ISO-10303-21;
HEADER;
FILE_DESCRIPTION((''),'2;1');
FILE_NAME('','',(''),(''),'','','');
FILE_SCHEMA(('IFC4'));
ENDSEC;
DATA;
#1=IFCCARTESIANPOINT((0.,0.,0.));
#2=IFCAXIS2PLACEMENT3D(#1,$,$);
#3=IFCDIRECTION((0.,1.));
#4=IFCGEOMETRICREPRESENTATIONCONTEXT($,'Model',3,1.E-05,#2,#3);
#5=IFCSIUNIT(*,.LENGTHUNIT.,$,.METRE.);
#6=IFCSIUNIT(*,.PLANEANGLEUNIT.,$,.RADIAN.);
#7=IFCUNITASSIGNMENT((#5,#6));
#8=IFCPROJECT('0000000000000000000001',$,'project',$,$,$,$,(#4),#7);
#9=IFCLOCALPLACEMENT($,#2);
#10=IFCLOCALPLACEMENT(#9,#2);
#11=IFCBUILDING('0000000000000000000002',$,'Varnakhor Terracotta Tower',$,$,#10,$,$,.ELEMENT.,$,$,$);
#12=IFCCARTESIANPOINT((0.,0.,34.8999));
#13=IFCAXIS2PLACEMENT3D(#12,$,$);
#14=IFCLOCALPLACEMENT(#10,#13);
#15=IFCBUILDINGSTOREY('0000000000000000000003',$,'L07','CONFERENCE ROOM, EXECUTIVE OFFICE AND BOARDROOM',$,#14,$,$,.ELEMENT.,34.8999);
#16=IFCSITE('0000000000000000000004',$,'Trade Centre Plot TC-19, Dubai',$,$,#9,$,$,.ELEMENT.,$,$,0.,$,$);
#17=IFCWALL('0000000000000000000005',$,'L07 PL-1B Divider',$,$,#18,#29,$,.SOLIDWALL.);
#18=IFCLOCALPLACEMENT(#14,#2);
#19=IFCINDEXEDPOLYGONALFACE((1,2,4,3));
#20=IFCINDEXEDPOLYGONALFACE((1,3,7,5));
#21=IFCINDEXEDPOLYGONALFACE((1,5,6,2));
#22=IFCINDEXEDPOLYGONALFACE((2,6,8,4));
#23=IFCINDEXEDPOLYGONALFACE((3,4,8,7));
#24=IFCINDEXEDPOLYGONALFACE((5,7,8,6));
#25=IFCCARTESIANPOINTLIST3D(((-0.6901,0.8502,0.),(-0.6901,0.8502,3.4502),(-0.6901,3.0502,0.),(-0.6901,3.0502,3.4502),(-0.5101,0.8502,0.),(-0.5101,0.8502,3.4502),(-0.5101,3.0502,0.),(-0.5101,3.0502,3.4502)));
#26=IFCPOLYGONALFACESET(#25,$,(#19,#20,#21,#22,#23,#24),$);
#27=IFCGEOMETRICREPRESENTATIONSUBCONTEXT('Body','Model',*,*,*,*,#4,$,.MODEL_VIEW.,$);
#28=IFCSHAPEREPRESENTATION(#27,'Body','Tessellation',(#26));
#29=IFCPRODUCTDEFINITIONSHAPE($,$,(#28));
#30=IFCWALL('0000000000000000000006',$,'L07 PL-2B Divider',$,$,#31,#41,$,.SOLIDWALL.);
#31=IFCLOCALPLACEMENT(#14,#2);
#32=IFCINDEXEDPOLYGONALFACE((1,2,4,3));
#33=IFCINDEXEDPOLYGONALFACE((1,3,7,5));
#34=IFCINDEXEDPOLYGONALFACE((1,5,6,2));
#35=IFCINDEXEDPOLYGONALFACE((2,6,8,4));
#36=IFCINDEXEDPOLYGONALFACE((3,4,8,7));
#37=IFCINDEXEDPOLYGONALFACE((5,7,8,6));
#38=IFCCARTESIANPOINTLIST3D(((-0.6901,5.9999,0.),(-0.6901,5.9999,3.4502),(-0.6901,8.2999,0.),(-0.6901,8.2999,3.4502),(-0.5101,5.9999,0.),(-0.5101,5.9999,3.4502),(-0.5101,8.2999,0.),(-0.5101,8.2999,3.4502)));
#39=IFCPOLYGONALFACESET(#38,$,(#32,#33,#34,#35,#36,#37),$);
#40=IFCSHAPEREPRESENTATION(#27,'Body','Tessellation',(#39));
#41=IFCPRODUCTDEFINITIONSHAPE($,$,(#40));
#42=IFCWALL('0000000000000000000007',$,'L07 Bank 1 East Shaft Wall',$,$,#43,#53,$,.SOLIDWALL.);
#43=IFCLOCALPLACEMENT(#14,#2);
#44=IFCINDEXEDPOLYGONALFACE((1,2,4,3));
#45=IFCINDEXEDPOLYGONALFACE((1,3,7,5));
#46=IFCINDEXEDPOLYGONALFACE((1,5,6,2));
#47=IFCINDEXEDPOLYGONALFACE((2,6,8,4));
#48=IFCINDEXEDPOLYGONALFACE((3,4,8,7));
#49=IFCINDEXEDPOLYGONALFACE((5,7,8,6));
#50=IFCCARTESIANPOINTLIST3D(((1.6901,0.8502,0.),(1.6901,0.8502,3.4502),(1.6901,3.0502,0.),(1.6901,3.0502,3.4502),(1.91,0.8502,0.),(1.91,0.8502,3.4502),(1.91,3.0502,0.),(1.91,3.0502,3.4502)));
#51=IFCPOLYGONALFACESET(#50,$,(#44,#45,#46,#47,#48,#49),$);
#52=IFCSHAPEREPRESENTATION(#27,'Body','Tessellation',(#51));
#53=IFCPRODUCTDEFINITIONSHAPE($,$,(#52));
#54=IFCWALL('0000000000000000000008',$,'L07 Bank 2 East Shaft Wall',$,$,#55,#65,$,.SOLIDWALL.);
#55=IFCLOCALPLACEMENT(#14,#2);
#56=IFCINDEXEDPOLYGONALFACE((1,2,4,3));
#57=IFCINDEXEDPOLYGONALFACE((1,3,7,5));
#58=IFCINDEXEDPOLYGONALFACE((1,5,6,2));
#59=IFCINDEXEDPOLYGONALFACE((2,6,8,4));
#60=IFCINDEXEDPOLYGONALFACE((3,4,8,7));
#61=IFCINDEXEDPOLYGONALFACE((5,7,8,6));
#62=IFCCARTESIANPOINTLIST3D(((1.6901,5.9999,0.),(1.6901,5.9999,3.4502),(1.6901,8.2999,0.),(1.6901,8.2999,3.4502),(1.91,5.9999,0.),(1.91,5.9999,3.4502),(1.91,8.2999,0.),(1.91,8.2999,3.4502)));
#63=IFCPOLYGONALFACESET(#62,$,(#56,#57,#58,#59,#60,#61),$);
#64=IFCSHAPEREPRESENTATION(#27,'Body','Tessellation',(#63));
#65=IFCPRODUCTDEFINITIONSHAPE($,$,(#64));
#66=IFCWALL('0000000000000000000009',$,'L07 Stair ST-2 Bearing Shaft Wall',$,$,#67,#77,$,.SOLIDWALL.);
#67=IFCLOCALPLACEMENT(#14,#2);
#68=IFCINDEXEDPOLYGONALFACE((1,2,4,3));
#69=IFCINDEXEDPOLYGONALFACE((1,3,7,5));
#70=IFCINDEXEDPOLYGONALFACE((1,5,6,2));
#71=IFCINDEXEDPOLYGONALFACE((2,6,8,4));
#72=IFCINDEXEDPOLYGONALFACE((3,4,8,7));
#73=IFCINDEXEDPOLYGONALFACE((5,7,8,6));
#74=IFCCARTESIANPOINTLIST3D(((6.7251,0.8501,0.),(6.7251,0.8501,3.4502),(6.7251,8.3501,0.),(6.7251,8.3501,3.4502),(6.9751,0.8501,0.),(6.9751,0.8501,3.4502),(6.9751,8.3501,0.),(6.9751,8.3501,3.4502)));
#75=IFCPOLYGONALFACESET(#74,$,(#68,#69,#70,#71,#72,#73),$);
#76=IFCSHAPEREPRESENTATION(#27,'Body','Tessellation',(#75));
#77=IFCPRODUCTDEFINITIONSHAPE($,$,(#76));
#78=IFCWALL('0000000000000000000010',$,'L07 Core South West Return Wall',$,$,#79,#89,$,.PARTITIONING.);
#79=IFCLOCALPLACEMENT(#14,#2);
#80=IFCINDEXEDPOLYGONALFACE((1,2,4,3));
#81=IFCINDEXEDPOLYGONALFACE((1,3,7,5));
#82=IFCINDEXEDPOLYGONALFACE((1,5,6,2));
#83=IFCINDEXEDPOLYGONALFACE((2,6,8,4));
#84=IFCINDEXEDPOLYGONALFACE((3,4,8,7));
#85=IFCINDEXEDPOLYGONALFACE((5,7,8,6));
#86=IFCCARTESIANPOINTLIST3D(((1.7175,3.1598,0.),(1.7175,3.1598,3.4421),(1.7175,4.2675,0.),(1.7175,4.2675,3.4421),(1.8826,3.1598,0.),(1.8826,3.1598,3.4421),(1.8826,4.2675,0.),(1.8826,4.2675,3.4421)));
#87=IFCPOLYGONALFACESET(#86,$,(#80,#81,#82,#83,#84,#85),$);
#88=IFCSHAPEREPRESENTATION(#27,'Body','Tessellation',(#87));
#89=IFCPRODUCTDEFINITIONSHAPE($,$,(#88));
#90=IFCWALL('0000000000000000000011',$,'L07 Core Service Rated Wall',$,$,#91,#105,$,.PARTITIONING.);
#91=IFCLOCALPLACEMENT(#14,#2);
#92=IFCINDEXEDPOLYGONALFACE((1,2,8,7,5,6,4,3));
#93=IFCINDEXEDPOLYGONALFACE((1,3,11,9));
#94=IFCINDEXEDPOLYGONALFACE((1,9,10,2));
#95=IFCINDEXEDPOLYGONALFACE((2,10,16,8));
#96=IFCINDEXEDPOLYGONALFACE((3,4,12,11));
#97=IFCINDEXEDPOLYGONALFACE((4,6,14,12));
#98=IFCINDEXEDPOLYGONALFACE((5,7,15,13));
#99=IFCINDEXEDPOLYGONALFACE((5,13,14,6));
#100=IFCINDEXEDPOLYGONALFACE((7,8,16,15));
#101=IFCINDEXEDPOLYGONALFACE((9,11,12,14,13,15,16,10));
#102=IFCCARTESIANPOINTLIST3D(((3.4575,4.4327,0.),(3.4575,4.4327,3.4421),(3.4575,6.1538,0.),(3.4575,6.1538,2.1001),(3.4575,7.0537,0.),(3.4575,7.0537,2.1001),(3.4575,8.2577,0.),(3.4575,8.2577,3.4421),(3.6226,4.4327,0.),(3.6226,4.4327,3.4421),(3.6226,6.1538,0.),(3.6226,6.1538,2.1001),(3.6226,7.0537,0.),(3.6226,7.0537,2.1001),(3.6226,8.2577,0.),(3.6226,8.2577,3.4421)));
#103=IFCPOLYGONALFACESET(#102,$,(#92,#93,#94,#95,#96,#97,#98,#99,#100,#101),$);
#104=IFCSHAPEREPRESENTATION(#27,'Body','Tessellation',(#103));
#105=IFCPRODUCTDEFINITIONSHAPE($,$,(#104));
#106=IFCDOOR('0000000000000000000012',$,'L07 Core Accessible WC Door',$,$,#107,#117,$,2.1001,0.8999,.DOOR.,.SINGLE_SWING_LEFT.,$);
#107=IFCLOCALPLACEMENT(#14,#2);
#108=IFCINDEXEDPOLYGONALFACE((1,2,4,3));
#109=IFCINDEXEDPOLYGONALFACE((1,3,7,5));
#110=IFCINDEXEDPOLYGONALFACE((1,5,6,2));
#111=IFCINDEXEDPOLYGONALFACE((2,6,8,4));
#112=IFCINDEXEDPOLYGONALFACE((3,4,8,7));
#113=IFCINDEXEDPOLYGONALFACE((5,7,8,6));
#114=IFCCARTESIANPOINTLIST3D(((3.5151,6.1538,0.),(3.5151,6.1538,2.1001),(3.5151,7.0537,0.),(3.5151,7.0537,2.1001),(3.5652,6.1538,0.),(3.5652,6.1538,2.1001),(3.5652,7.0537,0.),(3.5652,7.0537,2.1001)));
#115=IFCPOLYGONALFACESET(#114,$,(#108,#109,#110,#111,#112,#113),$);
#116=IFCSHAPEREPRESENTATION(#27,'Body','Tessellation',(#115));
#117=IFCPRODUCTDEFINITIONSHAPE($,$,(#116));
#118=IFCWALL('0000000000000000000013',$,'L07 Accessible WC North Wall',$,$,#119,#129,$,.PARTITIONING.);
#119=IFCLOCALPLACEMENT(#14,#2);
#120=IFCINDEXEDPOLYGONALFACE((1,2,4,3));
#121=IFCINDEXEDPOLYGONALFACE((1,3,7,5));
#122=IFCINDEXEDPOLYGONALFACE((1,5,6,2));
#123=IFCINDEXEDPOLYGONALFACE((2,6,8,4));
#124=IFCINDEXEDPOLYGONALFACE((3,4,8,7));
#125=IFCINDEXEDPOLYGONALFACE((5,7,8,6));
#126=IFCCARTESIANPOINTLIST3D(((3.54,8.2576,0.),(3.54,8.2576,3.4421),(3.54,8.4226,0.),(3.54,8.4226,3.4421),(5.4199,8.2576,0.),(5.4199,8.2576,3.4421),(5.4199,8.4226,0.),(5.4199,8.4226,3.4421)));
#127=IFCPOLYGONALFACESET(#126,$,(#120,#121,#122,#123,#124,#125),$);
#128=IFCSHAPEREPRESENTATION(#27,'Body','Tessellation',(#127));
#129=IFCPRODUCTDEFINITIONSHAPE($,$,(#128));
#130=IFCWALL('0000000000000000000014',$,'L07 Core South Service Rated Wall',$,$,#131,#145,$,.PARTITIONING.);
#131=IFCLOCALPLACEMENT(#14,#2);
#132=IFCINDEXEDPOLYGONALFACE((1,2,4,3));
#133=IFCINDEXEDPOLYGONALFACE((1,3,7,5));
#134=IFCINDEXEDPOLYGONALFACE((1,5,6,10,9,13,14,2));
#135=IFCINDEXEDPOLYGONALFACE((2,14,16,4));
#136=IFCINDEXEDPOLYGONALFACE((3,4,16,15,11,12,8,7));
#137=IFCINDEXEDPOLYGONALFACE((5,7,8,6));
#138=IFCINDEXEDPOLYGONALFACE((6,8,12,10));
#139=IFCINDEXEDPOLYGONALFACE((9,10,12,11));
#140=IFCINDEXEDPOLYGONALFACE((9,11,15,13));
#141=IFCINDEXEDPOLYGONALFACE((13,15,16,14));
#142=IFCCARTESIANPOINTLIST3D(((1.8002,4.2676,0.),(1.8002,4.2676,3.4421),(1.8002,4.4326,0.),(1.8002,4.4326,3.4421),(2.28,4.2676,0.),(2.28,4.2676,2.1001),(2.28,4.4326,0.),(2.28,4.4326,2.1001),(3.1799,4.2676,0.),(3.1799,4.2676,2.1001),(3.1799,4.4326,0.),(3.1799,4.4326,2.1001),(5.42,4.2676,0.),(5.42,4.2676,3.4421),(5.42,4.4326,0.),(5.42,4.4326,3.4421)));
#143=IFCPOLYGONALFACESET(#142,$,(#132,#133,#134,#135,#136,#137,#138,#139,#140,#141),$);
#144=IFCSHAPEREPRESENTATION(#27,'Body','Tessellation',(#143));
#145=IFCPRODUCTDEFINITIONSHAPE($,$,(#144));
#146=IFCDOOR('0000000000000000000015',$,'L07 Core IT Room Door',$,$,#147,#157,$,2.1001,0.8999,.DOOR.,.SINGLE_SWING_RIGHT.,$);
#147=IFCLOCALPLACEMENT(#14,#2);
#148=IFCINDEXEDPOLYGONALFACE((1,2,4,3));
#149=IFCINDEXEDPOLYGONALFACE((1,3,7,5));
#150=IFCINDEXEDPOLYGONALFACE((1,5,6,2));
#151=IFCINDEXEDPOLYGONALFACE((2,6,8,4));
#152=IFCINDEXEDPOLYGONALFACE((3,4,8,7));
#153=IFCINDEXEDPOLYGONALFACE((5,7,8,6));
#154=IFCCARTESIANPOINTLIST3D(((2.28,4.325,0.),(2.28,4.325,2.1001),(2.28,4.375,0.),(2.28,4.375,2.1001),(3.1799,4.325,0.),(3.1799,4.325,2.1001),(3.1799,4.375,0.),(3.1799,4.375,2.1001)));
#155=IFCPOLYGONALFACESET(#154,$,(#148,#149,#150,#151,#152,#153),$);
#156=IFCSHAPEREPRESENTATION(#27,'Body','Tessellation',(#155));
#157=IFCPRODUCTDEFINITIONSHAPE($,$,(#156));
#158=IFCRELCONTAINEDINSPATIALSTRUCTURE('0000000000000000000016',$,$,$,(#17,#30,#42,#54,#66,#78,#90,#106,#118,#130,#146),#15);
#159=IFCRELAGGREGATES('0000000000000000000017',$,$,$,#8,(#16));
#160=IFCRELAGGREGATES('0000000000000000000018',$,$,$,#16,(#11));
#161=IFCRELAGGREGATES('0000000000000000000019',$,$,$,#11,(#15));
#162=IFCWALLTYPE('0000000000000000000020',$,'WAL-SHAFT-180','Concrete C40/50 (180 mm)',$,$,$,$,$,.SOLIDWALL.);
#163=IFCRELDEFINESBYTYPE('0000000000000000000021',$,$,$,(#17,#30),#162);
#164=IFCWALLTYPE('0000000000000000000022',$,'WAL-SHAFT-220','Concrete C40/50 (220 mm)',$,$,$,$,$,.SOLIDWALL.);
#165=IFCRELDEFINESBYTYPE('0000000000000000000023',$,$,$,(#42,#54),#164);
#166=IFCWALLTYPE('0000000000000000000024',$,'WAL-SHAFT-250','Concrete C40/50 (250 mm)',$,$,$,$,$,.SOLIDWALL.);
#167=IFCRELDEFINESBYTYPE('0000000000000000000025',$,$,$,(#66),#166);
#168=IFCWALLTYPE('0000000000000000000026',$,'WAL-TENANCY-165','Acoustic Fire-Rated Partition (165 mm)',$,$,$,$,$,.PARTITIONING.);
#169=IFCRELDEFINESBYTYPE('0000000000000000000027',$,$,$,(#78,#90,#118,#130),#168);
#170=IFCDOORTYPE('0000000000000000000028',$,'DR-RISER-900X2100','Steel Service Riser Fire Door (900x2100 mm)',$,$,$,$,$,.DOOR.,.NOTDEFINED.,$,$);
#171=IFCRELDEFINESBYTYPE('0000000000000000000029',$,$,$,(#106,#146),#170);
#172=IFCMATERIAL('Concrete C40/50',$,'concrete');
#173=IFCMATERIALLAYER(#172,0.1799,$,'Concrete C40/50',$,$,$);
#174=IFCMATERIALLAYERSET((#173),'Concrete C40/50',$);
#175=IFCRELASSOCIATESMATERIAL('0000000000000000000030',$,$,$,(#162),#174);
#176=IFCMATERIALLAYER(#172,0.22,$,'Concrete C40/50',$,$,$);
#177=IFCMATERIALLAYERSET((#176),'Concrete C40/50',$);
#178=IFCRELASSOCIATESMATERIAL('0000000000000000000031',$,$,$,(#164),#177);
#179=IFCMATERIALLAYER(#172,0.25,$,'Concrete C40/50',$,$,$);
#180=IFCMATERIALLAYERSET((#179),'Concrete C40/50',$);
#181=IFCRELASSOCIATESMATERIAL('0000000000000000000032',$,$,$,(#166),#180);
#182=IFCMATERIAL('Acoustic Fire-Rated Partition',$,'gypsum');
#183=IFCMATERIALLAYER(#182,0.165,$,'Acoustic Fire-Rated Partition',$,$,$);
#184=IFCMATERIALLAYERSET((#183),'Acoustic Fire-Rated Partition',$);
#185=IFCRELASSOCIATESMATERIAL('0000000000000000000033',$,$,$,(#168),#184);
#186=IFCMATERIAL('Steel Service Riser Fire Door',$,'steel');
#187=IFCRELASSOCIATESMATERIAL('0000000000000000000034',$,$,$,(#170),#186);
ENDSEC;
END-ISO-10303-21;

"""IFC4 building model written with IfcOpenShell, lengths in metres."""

from ifc_helpers import new_model, si_unit, direction, frame, frame_2d, origin, place, context, subcontext, project, spatial, rectangle, extrude, source, transform, mapped, material, layer, layer_set, type_object, type_shapes, element, fill, save


model = new_model("IFC4")

# Units and contexts
model_context = context("Model", 3, precision=1e-05, world=origin(), true_north=direction((0.0, 1.0)))
body_context = subcontext(model_context, "Body", "Model", "MODEL_VIEW")
ifc_project = project(units=[si_unit("LENGTHUNIT", "METRE"), si_unit("PLANEANGLEUNIT", "RADIAN")], contexts=[model_context])

# Site, building, storey
site_placement = place(None, origin())
site = spatial("IfcSite", under=ifc_project, at=site_placement, Name="Trade Centre Plot TC-19, Dubai", CompositionType="ELEMENT", RefElevation=0.0)
building_placement = place(site_placement, origin())
building = spatial("IfcBuilding", under=site, at=building_placement, Name="Varnakhor Terracotta Tower", CompositionType="ELEMENT")
storey_placement = place(building_placement, frame((0.0, 0.0, 34.8999)))
storey = spatial("IfcBuildingStorey", under=building, at=storey_placement, Name="L07", Description="CONFERENCE ROOM, EXECUTIVE OFFICE AND BOARDROOM", CompositionType="ELEMENT", Elevation=34.8999)

# Shared definitions
ifc_material_1 = material(Name="Concrete C40/50", Category="concrete")

# Walls
ifc_layer_1 = layer(ifc_material_1, 0.1799, Name="Concrete C40/50")
ifc_layer_set_1 = layer_set([ifc_layer_1], Name="Concrete C40/50")
wall_type_1 = type_object("IfcWallType", Name="WAL-SHAFT-180", Description="Concrete C40/50 (180 mm)", PredefinedType="SOLIDWALL", material=ifc_layer_set_1)
wall_1_placement = place(storey_placement, frame((-0.6001, 0.8501, 0.0), z_axis=(0.0, 0.0, 1.0), x_axis=(0.0, 1.0, 0.0)))
element("IfcWall", 1, at=wall_1_placement, inside=storey, type_object=wall_type_1, Name="L07 PL-1B Divider", PredefinedType="SOLIDWALL", context=body_context, shape_type="SweptSolid", body=[
    extrude(rectangle(XDim=2.2, YDim=0.1799, at=frame_2d((1.1001, 0.0))), origin(), (0.0, 0.0, 1.0), 3.4502),
])
wall_2_placement = place(storey_placement, frame((-0.6001, 6.0, 0.0), z_axis=(0.0, 0.0, 1.0), x_axis=(0.0, 1.0, 0.0)))
element("IfcWall", 2, at=wall_2_placement, inside=storey, type_object=wall_type_1, Name="L07 PL-2B Divider", PredefinedType="SOLIDWALL", context=body_context, shape_type="SweptSolid", body=[
    extrude(rectangle(XDim=2.3, YDim=0.1799, at=frame_2d((1.1499, 0.0))), origin(), (0.0, 0.0, 1.0), 3.4502),
])
ifc_layer_2 = layer(ifc_material_1, 0.22, Name="Concrete C40/50")
ifc_layer_set_2 = layer_set([ifc_layer_2], Name="Concrete C40/50")
wall_type_2 = type_object("IfcWallType", Name="WAL-SHAFT-220", Description="Concrete C40/50 (220 mm)", PredefinedType="SOLIDWALL", material=ifc_layer_set_2)
wall_3_placement = place(storey_placement, frame((1.8, 0.8501, 0.0), z_axis=(0.0, 0.0, 1.0), x_axis=(0.0, 1.0, 0.0)))
element("IfcWall", 3, at=wall_3_placement, inside=storey, type_object=wall_type_2, Name="L07 Bank 1 East Shaft Wall", PredefinedType="SOLIDWALL", context=body_context, shape_type="SweptSolid", body=[
    extrude(rectangle(XDim=2.2, YDim=0.22, at=frame_2d((1.1001, 0.0))), origin(), (0.0, 0.0, 1.0), 3.4502),
])
wall_4_placement = place(storey_placement, frame((1.8, 6.0, 0.0), z_axis=(0.0, 0.0, 1.0), x_axis=(0.0, 1.0, 0.0)))
element("IfcWall", 4, at=wall_4_placement, inside=storey, type_object=wall_type_2, Name="L07 Bank 2 East Shaft Wall", PredefinedType="SOLIDWALL", context=body_context, shape_type="SweptSolid", body=[
    extrude(rectangle(XDim=2.3, YDim=0.22, at=frame_2d((1.1499, 0.0))), origin(), (0.0, 0.0, 1.0), 3.4502),
])
ifc_layer_3 = layer(ifc_material_1, 0.25, Name="Concrete C40/50")
ifc_layer_set_3 = layer_set([ifc_layer_3], Name="Concrete C40/50")
wall_type_3 = type_object("IfcWallType", Name="WAL-SHAFT-250", Description="Concrete C40/50 (250 mm)", PredefinedType="SOLIDWALL", material=ifc_layer_set_3)
wall_5_placement = place(storey_placement, frame((6.8501, 0.8501, 0.0), z_axis=(0.0, 0.0, 1.0), x_axis=(0.0, 1.0, 0.0)))
element("IfcWall", 5, at=wall_5_placement, inside=storey, type_object=wall_type_3, Name="L07 Stair ST-2 Bearing Shaft Wall", PredefinedType="SOLIDWALL", context=body_context, shape_type="SweptSolid", body=[
    extrude(rectangle(XDim=7.5, YDim=0.25, at=frame_2d((3.75, 0.0))), origin(), (0.0, 0.0, 1.0), 3.4502),
])
ifc_material_2 = material(Name="Acoustic Fire-Rated Partition", Category="gypsum")
ifc_layer_4 = layer(ifc_material_2, 0.165, Name="Acoustic Fire-Rated Partition")
ifc_layer_set_4 = layer_set([ifc_layer_4], Name="Acoustic Fire-Rated Partition")
wall_type_4 = type_object("IfcWallType", Name="WAL-TENANCY-165", Description="Acoustic Fire-Rated Partition (165 mm)", PredefinedType="PARTITIONING", material=ifc_layer_set_4)
wall_6_placement = place(storey_placement, frame((1.8, 3.1599, 0.0), z_axis=(0.0, 0.0, 1.0), x_axis=(0.0, 1.0, 0.0)))
element("IfcWall", 6, at=wall_6_placement, inside=storey, type_object=wall_type_4, Name="L07 Core South West Return Wall", PredefinedType="PARTITIONING", context=body_context, shape_type="SweptSolid", body=[
    extrude(rectangle(XDim=1.1077, YDim=0.165, at=frame_2d((0.5537, 0.0))), origin(), (0.0, 0.0, 1.0), 3.4421),
])

# Wall, opening, door
wall_7_placement = place(storey_placement, frame((3.54, 4.4326, 0.0), z_axis=(0.0, 0.0, 1.0), x_axis=(0.0, 1.0, 0.0)))
wall_7 = element("IfcWall", 7, at=wall_7_placement, inside=storey, type_object=wall_type_4, Name="L07 Core Service Rated Wall", PredefinedType="PARTITIONING", context=body_context, shape_type="SweptSolid", body=[
    extrude(rectangle(XDim=3.825, YDim=0.165, at=frame_2d((1.9126, 0.0))), origin(), (0.0, 0.0, 1.0), 3.4421),
])
opening_1_placement = place(wall_7_placement, frame((1.7212, 0.0, 0.0)))
opening_1 = element("IfcOpeningElement", 8, at=opening_1_placement, cuts=wall_7, PredefinedType="OPENING", context=body_context, shape_type="SweptSolid", body=[
    extrude(rectangle(XDim=0.8999, YDim=2.1001, at=frame_2d((0.45, 1.05))), frame((0.0, 0.0925, 0.0), z_axis=(0.0, -1.0, 0.0), x_axis=(1.0, 0.0, 0.0)), (0.0, 0.0, 1.0), 0.1851),
])
ifc_material_3 = material(Name="Steel Service Riser Fire Door", Category="steel")
door_type_1 = type_object("IfcDoorType", Name="DR-RISER-900X2100", Description="Steel Service Riser Fire Door (900x2100 mm)", OperationType="NOTDEFINED", PredefinedType="DOOR", material=ifc_material_3)
shared_shape_1 = source(origin(), body_context, "Body", "SweptSolid", [
    extrude(rectangle(XDim=0.8999, YDim=2.1001, at=frame_2d((0.45, 1.05))), frame((0.0, 0.0249, 0.0), z_axis=(0.0, -1.0, 0.0), x_axis=(1.0, 0.0, 0.0)), (0.0, 0.0, 1.0), 0.05),
])
type_shapes(door_type_1, [shared_shape_1])
door_1_placement = place(opening_1_placement, origin())
door_1 = element("IfcDoor", 9, at=door_1_placement, inside=storey, type_object=door_type_1, Name="L07 Core Accessible WC Door", OperationType="SINGLE_SWING_LEFT", OverallHeight=2.1001, OverallWidth=0.8999, PredefinedType="DOOR", context=body_context, shape_type="MappedRepresentation", body=[
    mapped(shared_shape_1, transform((0.0, 0.0, 0.0), scale=1.0)),
])
fill(opening_1, door_1)

# Wall
wall_8_placement = place(storey_placement, frame((3.54, 8.3401, 0.0), z_axis=(0.0, 0.0, 1.0), x_axis=(1.0, 0.0, 0.0)))
element("IfcWall", 10, at=wall_8_placement, inside=storey, type_object=wall_type_4, Name="L07 Accessible WC North Wall", PredefinedType="PARTITIONING", context=body_context, shape_type="SweptSolid", body=[
    extrude(rectangle(XDim=1.8799, YDim=0.165, at=frame_2d((0.9399, 0.0))), origin(), (0.0, 0.0, 1.0), 3.4421),
])

# Wall, opening, door
wall_9_placement = place(storey_placement, frame((1.8, 4.3501, 0.0), z_axis=(0.0, 0.0, 1.0), x_axis=(1.0, 0.0, 0.0)))
wall_9 = element("IfcWall", 11, at=wall_9_placement, inside=storey, type_object=wall_type_4, Name="L07 Core South Service Rated Wall", PredefinedType="PARTITIONING", context=body_context, shape_type="SweptSolid", body=[
    extrude(rectangle(XDim=3.6199, YDim=0.165, at=frame_2d((1.8101, 0.0))), origin(), (0.0, 0.0, 1.0), 3.4421),
])
opening_2_placement = place(wall_9_placement, frame((0.48, 0.0, 0.0)))
opening_2 = element("IfcOpeningElement", 12, at=opening_2_placement, cuts=wall_9, PredefinedType="OPENING", context=body_context, shape_type="SweptSolid", body=[
    extrude(rectangle(XDim=0.8999, YDim=2.1001, at=frame_2d((0.45, 1.05))), frame((0.0, 0.0925, 0.0), z_axis=(0.0, -1.0, 0.0), x_axis=(1.0, 0.0, 0.0)), (0.0, 0.0, 1.0), 0.1851),
])
door_2_placement = place(opening_2_placement, origin())
door_2 = element("IfcDoor", 13, at=door_2_placement, inside=storey, type_object=door_type_1, Name="L07 Core IT Room Door", OperationType="SINGLE_SWING_RIGHT", OverallHeight=2.1001, OverallWidth=0.8999, PredefinedType="DOOR", context=body_context, shape_type="MappedRepresentation", body=[
    mapped(shared_shape_1, transform((0.0, 0.0, 0.0), scale=1.0)),
])
fill(opening_2, door_2)

save(model, "model.ifc")
